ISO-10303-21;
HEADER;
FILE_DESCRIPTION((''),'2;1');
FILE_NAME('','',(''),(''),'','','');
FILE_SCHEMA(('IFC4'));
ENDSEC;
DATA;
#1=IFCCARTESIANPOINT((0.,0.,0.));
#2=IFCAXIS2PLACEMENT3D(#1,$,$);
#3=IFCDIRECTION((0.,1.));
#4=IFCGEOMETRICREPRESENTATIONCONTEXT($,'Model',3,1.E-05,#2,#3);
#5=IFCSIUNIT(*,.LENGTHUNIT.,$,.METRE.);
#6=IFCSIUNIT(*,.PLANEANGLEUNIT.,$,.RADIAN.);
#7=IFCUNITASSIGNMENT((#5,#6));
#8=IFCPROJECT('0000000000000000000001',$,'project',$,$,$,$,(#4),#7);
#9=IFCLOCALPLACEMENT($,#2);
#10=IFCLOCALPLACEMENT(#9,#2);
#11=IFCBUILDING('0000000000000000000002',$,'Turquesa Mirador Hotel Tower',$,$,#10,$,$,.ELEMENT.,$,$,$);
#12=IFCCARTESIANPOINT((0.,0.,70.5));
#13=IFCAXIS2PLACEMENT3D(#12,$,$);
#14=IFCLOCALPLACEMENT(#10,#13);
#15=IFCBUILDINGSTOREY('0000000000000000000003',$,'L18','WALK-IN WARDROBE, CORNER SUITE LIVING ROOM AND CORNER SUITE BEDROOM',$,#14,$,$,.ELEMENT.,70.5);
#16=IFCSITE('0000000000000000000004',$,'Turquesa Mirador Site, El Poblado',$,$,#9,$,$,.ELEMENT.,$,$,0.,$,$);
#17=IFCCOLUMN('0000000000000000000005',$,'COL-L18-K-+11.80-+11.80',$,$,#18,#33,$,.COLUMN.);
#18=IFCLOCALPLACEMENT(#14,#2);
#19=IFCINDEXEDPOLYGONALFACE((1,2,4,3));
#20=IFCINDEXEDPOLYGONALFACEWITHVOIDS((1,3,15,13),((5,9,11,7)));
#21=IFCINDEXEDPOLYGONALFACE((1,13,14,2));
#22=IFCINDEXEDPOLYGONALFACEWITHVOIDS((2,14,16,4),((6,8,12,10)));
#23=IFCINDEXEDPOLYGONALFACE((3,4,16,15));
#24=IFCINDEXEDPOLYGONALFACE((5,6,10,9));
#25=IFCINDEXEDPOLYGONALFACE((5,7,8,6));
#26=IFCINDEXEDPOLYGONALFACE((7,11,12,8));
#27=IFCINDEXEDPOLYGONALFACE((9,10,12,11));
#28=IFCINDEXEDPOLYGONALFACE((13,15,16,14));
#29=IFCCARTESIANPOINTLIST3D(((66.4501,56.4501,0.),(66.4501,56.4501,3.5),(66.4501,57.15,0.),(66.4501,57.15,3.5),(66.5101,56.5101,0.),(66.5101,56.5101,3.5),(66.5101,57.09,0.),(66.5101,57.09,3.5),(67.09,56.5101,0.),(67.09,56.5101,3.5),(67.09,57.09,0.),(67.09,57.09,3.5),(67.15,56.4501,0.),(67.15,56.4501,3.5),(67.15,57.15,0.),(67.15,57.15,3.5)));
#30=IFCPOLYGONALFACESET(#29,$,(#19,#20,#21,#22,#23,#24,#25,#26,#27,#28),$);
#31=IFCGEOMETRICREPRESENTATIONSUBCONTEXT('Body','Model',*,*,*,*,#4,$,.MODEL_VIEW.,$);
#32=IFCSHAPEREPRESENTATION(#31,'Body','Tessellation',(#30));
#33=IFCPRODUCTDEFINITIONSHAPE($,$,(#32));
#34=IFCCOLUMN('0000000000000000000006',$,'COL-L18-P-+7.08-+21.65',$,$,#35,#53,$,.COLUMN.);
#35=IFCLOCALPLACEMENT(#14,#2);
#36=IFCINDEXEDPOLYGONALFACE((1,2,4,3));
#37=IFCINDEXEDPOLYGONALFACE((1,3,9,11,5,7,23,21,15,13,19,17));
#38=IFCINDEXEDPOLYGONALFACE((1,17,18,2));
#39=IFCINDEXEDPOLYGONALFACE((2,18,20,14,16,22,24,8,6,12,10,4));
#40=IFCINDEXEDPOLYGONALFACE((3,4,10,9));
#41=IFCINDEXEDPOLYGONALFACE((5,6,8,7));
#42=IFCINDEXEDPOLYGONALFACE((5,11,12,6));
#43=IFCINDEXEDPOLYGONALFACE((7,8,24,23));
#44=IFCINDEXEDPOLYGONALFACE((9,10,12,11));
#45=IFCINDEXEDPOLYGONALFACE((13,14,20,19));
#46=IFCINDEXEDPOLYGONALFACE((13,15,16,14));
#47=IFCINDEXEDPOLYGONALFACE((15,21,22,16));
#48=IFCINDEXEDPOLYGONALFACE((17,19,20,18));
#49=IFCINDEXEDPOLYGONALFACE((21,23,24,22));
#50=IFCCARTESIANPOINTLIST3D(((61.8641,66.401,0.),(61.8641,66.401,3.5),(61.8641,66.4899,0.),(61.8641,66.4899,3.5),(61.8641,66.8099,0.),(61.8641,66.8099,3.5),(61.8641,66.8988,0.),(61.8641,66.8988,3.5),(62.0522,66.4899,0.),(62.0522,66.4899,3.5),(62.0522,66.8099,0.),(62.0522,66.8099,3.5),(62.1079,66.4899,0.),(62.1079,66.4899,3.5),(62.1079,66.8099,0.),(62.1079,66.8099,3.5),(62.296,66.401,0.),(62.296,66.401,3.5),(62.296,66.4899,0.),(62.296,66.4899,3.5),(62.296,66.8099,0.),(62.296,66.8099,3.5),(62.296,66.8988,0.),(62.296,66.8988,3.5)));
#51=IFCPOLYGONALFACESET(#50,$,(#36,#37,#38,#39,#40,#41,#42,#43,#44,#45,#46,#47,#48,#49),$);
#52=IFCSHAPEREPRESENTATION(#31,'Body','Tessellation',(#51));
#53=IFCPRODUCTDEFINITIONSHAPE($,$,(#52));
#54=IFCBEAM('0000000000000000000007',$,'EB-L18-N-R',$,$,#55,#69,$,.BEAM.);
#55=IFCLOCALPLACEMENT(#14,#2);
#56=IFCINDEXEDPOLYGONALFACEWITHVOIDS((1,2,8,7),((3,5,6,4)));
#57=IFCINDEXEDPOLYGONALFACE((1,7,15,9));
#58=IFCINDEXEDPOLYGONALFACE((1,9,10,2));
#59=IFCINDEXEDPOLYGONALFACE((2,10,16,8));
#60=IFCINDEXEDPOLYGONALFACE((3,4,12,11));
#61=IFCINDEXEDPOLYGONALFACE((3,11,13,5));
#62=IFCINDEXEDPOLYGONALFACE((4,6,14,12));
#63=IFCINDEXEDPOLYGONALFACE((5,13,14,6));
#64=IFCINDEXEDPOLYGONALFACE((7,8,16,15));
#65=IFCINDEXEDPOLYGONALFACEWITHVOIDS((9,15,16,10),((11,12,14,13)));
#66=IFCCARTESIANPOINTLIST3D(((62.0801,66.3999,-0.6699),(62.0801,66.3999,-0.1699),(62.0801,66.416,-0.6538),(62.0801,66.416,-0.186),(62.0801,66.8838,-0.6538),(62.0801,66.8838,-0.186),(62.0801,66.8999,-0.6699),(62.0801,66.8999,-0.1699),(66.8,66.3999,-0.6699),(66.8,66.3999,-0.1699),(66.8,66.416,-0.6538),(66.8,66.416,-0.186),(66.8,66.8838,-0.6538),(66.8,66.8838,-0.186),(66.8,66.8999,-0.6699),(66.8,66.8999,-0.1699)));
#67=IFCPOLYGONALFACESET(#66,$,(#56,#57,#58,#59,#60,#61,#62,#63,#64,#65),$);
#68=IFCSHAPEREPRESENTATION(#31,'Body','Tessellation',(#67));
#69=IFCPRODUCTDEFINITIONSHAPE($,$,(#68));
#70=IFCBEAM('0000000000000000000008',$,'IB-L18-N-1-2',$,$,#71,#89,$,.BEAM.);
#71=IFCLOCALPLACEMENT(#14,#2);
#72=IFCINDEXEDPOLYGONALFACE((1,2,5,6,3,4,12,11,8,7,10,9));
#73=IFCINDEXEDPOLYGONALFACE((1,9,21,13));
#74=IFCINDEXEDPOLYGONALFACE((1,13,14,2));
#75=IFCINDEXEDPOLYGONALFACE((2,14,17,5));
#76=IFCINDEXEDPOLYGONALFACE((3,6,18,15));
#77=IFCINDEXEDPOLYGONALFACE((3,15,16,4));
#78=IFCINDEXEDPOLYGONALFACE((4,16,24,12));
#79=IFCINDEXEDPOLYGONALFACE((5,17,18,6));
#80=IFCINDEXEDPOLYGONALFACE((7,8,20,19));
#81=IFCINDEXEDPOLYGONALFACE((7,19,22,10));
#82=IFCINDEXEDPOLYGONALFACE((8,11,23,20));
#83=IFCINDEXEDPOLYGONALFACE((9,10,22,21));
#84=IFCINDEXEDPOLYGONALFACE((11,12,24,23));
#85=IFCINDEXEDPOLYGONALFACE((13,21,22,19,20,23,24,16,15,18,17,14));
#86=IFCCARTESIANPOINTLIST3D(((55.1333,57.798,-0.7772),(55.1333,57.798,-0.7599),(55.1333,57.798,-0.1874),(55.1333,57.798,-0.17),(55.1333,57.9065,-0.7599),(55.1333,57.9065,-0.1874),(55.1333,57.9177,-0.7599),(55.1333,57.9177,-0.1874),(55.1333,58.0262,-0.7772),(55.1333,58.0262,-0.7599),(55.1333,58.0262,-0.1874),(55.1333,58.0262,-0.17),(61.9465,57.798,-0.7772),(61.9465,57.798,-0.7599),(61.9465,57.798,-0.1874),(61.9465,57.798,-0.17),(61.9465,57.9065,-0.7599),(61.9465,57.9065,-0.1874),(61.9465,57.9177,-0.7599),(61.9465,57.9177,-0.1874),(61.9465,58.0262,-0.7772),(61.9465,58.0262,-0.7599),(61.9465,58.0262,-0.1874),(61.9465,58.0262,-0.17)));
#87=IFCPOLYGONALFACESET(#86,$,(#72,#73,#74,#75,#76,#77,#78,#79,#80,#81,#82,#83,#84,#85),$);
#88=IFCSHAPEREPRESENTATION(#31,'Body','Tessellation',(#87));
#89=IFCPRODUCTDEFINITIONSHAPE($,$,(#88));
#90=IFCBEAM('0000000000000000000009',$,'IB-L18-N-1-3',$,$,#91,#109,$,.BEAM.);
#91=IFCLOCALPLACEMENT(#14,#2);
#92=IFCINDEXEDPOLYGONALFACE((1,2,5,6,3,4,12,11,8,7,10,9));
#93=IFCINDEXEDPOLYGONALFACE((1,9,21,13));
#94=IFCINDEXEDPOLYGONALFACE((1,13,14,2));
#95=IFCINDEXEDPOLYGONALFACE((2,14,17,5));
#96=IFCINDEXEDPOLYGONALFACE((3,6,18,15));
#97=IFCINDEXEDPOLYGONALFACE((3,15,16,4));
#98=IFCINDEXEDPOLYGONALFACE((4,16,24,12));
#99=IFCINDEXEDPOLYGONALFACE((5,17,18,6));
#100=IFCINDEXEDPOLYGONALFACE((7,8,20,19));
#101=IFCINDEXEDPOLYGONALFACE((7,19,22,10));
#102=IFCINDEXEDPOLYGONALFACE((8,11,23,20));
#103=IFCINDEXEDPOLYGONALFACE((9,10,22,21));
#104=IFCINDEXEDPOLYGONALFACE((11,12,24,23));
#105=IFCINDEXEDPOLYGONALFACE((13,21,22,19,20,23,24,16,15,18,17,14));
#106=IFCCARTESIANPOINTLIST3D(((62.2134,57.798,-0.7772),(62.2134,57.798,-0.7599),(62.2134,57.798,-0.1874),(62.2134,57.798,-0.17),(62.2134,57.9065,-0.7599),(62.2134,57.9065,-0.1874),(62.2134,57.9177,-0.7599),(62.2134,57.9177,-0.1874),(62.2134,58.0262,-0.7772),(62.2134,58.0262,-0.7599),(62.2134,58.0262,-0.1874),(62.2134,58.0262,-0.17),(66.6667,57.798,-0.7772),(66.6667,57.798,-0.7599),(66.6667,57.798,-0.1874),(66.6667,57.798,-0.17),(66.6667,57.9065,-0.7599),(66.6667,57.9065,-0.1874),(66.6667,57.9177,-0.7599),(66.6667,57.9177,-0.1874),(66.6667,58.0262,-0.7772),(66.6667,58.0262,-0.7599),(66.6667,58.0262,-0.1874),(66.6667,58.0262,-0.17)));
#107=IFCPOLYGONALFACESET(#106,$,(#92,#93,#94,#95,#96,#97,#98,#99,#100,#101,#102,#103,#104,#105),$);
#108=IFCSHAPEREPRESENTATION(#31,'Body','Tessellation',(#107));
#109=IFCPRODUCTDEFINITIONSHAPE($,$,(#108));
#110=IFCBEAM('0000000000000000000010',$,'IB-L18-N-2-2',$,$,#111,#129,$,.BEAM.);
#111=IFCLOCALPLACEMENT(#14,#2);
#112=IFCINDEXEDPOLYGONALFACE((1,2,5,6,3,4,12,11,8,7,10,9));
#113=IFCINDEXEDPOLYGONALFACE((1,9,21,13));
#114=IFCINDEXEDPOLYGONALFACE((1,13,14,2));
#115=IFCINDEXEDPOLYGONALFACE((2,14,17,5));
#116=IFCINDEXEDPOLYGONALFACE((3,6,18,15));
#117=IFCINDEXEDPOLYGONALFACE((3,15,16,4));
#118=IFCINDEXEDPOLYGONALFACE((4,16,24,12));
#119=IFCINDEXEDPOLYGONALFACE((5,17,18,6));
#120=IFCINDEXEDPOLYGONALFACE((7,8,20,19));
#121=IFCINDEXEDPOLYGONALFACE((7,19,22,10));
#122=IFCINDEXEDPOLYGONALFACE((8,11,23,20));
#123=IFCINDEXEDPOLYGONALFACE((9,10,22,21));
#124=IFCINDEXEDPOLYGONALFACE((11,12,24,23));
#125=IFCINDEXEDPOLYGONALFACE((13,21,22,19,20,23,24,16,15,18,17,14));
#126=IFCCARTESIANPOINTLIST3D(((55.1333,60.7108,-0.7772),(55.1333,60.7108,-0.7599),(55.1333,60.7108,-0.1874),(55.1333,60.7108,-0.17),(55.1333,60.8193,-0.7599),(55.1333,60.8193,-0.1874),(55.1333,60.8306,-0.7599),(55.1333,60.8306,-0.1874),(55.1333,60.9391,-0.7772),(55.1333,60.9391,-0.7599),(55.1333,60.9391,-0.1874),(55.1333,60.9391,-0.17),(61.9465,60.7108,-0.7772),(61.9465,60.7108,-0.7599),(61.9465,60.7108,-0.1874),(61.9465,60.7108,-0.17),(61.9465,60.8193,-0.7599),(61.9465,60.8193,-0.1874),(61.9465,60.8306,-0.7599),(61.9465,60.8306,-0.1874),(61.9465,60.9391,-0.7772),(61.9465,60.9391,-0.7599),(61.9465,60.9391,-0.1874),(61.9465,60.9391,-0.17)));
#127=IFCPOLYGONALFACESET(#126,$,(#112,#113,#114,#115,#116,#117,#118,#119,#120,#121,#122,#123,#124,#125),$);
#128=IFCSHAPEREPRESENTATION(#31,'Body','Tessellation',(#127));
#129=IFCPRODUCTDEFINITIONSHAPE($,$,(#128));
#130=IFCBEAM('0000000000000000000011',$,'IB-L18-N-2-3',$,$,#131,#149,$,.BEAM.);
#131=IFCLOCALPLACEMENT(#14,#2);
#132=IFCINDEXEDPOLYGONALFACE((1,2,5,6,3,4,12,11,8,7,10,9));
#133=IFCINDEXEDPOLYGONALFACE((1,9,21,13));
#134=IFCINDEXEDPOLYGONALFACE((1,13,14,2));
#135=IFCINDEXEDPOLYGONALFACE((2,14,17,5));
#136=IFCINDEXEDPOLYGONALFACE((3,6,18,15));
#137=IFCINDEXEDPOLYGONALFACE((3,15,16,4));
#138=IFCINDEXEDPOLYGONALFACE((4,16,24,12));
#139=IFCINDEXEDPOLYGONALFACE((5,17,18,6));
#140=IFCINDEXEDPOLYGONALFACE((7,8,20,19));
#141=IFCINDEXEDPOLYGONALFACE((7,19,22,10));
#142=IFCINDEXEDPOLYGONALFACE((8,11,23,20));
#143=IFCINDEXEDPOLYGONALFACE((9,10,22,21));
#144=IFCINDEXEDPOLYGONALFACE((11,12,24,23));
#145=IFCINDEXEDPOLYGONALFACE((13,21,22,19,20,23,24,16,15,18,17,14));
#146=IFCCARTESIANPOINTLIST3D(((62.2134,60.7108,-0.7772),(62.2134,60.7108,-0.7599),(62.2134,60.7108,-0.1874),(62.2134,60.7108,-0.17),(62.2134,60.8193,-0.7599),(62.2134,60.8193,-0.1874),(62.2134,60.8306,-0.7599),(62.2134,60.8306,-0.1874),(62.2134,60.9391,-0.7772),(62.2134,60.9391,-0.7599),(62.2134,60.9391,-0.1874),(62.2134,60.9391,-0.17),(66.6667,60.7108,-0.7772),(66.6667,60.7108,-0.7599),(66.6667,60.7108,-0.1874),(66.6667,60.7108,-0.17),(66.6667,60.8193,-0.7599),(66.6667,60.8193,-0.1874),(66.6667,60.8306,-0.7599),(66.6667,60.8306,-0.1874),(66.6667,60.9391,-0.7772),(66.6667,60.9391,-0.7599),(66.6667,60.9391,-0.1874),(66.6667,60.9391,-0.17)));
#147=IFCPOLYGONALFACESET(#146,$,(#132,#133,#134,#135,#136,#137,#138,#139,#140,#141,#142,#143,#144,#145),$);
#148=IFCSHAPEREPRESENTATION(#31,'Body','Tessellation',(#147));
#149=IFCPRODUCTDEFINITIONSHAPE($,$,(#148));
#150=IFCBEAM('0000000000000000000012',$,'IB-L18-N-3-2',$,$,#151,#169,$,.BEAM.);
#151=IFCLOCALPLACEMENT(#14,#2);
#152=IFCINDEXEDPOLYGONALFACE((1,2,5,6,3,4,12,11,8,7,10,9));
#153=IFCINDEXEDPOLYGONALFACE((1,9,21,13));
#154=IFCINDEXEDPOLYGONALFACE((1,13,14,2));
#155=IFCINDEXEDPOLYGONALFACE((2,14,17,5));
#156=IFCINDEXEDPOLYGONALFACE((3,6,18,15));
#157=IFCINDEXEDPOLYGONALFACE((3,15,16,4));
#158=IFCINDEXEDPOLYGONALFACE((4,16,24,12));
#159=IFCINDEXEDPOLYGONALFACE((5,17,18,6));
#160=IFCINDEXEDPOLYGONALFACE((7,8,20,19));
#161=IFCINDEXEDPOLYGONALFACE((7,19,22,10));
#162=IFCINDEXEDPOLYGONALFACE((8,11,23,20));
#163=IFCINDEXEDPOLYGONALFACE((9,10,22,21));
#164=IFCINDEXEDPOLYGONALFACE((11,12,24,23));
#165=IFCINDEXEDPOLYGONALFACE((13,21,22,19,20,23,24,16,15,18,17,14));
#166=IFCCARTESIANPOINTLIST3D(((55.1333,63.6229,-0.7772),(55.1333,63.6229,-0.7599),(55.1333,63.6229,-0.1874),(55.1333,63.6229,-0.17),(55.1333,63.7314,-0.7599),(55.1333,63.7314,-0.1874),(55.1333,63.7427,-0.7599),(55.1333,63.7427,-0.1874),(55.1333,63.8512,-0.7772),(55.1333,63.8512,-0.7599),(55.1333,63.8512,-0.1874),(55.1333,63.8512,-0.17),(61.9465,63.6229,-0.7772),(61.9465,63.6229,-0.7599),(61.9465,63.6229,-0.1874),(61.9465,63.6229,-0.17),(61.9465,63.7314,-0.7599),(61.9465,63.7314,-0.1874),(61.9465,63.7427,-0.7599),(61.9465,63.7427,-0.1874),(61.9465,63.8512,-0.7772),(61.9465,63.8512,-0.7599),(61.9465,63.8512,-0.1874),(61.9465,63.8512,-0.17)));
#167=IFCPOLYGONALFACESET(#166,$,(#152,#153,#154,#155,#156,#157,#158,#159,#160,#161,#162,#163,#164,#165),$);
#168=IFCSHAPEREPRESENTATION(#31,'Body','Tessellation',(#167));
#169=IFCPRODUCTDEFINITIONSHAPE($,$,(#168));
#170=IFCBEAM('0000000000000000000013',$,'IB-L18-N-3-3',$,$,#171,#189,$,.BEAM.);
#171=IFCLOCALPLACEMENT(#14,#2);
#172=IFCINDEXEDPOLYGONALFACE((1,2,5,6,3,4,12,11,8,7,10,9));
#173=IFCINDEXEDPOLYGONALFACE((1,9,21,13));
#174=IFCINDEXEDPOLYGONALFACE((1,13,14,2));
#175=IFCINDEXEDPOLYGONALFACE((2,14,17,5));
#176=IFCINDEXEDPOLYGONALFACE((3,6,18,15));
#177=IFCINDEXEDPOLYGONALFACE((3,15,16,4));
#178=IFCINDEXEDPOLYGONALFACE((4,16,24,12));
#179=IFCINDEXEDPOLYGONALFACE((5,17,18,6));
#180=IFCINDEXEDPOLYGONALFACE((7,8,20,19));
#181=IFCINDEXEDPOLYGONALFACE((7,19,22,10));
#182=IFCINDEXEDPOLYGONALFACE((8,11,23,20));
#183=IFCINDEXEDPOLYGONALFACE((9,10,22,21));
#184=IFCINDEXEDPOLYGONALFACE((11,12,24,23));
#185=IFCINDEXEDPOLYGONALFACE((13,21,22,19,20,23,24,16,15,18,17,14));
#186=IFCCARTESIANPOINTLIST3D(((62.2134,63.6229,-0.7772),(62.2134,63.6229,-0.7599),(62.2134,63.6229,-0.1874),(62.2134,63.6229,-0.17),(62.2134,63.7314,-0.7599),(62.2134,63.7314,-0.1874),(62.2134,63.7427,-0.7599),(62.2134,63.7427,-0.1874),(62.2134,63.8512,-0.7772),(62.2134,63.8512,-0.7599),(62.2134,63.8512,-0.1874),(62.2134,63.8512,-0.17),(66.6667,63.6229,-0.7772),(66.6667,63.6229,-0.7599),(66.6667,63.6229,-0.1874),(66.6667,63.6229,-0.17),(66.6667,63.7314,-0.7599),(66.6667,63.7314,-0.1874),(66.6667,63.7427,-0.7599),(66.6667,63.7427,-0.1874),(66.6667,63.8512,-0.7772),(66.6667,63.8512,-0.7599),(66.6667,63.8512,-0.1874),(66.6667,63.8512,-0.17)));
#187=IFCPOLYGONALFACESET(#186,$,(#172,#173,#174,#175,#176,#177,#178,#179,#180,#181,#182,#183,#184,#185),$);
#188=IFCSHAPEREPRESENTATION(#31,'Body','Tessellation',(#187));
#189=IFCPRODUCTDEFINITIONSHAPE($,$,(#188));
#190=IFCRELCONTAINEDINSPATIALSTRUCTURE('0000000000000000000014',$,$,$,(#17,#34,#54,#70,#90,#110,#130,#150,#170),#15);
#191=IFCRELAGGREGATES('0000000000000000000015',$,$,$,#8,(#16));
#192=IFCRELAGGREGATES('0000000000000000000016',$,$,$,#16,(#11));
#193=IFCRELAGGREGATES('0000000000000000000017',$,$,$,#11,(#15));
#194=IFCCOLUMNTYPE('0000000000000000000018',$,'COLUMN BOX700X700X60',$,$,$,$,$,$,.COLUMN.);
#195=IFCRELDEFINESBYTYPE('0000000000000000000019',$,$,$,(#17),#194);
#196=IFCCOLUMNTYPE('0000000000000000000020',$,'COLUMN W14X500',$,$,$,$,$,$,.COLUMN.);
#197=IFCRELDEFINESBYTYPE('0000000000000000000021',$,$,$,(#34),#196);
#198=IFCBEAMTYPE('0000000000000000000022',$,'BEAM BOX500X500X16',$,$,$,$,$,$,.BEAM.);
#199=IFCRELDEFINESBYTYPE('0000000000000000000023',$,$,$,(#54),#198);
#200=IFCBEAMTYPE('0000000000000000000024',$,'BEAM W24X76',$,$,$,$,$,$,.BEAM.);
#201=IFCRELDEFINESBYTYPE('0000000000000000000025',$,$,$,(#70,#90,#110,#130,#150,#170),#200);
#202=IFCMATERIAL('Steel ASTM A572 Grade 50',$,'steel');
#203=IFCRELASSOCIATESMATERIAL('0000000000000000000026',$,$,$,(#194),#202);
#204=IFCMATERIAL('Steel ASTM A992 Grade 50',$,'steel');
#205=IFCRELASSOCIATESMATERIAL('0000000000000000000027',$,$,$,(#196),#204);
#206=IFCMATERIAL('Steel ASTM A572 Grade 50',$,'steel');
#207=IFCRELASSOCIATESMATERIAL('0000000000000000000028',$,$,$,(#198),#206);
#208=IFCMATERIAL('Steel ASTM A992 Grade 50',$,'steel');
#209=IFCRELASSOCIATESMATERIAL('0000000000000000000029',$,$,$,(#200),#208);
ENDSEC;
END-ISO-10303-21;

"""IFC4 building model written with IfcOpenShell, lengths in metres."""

from ifc_helpers import new_model, si_unit, direction, frame, origin, origin_2d, place, context, subcontext, project, spatial, hollow_rectangle, i_section, extrude, material, material_profile, profile_set, type_object, element, save


model = new_model("IFC4")

# Units and contexts
model_context = context("Model", 3, precision=1e-05, world=origin(), true_north=direction((0.0, 1.0)))
body_context = subcontext(model_context, "Body", "Model", "MODEL_VIEW")
ifc_project = project(units=[si_unit("LENGTHUNIT", "METRE"), si_unit("PLANEANGLEUNIT", "RADIAN")], contexts=[model_context])

# Site, building, storey
site_placement = place(None, origin())
site = spatial("IfcSite", under=ifc_project, at=site_placement, Name="Turquesa Mirador Site, El Poblado", CompositionType="ELEMENT", RefElevation=0.0)
building_placement = place(site_placement, origin())
building = spatial("IfcBuilding", under=site, at=building_placement, Name="Turquesa Mirador Hotel Tower", CompositionType="ELEMENT")
storey_placement = place(building_placement, frame((0.0, 0.0, 70.5)))
storey = spatial("IfcBuildingStorey", under=building, at=storey_placement, Name="L18", Description="WALK-IN WARDROBE, CORNER SUITE LIVING ROOM AND CORNER SUITE BEDROOM", CompositionType="ELEMENT", Elevation=70.5)

# Columns
ifc_material_1 = material(Name="Steel ASTM A572 Grade 50", Category="steel")
ifc_material_profile_1 = material_profile(ifc_material_1, hollow_rectangle(XDim=0.7, YDim=0.7, WallThickness=0.0601, at=origin_2d()), Name="BOX700X700X60")
ifc_profile_set_1 = profile_set([ifc_material_profile_1], Name="Steel ASTM A572 Grade 50")
column_type_1 = type_object("IfcColumnType", Name="COLUMN BOX700X700X60", PredefinedType="COLUMN", material=ifc_profile_set_1)
column_1_placement = place(storey_placement, frame((66.8, 56.8, 0.0), z_axis=(0.0, 0.0, 1.0), x_axis=(1.0, 0.0, 0.0)))
element("IfcColumn", 1, at=column_1_placement, inside=storey, type_object=column_type_1, Name="COL-L18-K-+11.80-+11.80", PredefinedType="COLUMN", context=body_context, shape_type="SweptSolid", body=[
    extrude(hollow_rectangle(XDim=0.7, YDim=0.7, WallThickness=0.0601, at=origin_2d()), origin(), (0.0, 0.0, 1.0), 3.5),
])
ifc_material_2 = material(Name="Steel ASTM A992 Grade 50", Category="steel")
ifc_material_profile_2 = material_profile(ifc_material_2, i_section(OverallWidth=0.4319, OverallDepth=0.4978, WebThickness=0.0557, FlangeThickness=0.0889, at=origin_2d()), Name="W14X500")
ifc_profile_set_2 = profile_set([ifc_material_profile_2], Name="Steel ASTM A992 Grade 50")
column_type_2 = type_object("IfcColumnType", Name="COLUMN W14X500", PredefinedType="COLUMN", material=ifc_profile_set_2)
column_2_placement = place(storey_placement, frame((62.0801, 66.6499, 0.0), z_axis=(0.0, 0.0, 1.0), x_axis=(1.0, 0.0, 0.0)))
element("IfcColumn", 2, at=column_2_placement, inside=storey, type_object=column_type_2, Name="COL-L18-P-+7.08-+21.65", PredefinedType="COLUMN", context=body_context, shape_type="SweptSolid", body=[
    extrude(i_section(OverallWidth=0.4319, OverallDepth=0.4978, WebThickness=0.0557, FlangeThickness=0.0889, at=origin_2d()), origin(), (0.0, 0.0, 1.0), 3.5),
])

# Beams
ifc_material_3 = material(Name="Steel ASTM A572 Grade 50", Category="steel")
ifc_material_profile_3 = material_profile(ifc_material_3, hollow_rectangle(XDim=0.5, YDim=0.5, WallThickness=0.0161, at=origin_2d()), Name="BOX500X500X16")
ifc_profile_set_3 = profile_set([ifc_material_profile_3], Name="Steel ASTM A572 Grade 50")
beam_type_1 = type_object("IfcBeamType", Name="BEAM BOX500X500X16", PredefinedType="BEAM", material=ifc_profile_set_3)
beam_1_placement = place(storey_placement, frame((62.0801, 66.6499, -0.4199), z_axis=(1.0, 0.0, 0.0), x_axis=(0.0, 1.0, 0.0)))
element("IfcBeam", 3, at=beam_1_placement, inside=storey, type_object=beam_type_1, Name="EB-L18-N-R", PredefinedType="BEAM", context=body_context, shape_type="SweptSolid", body=[
    extrude(hollow_rectangle(XDim=0.5, YDim=0.5, WallThickness=0.0161, at=origin_2d()), origin(), (0.0, 0.0, 1.0), 4.72),
])
ifc_material_4 = material(Name="Steel ASTM A992 Grade 50", Category="steel")
ifc_material_profile_4 = material_profile(ifc_material_4, i_section(OverallWidth=0.2283, OverallDepth=0.6072, WebThickness=0.0112, FlangeThickness=0.0173, at=origin_2d()), Name="W24X76")
ifc_profile_set_4 = profile_set([ifc_material_profile_4], Name="Steel ASTM A992 Grade 50")
beam_type_2 = type_object("IfcBeamType", Name="BEAM W24X76", PredefinedType="BEAM", material=ifc_profile_set_4)
beam_2_placement = place(storey_placement, frame((55.1333, 57.9121, -0.4736), z_axis=(1.0, 0.0, 0.0), x_axis=(0.0, 1.0, 0.0)))
element("IfcBeam", 4, at=beam_2_placement, inside=storey, type_object=beam_type_2, Name="IB-L18-N-1-2", PredefinedType="BEAM", context=body_context, shape_type="SweptSolid", body=[
    extrude(i_section(OverallWidth=0.2283, OverallDepth=0.6072, WebThickness=0.0112, FlangeThickness=0.0173, at=origin_2d()), origin(), (0.0, 0.0, 1.0), 6.8132),
])
beam_3_placement = place(storey_placement, frame((62.2134, 57.9121, -0.4736), z_axis=(1.0, 0.0, 0.0), x_axis=(0.0, 1.0, 0.0)))
element("IfcBeam", 5, at=beam_3_placement, inside=storey, type_object=beam_type_2, Name="IB-L18-N-1-3", PredefinedType="BEAM", context=body_context, shape_type="SweptSolid", body=[
    extrude(i_section(OverallWidth=0.2283, OverallDepth=0.6072, WebThickness=0.0112, FlangeThickness=0.0173, at=origin_2d()), origin(), (0.0, 0.0, 1.0), 4.4534),
])
beam_4_placement = place(storey_placement, frame((55.1333, 60.825, -0.4736), z_axis=(1.0, 0.0, 0.0), x_axis=(0.0, 1.0, 0.0)))
element("IfcBeam", 6, at=beam_4_placement, inside=storey, type_object=beam_type_2, Name="IB-L18-N-2-2", PredefinedType="BEAM", context=body_context, shape_type="SweptSolid", body=[
    extrude(i_section(OverallWidth=0.2283, OverallDepth=0.6072, WebThickness=0.0112, FlangeThickness=0.0173, at=origin_2d()), origin(), (0.0, 0.0, 1.0), 6.8132),
])
beam_5_placement = place(storey_placement, frame((62.2134, 60.825, -0.4736), z_axis=(1.0, 0.0, 0.0), x_axis=(0.0, 1.0, 0.0)))
element("IfcBeam", 7, at=beam_5_placement, inside=storey, type_object=beam_type_2, Name="IB-L18-N-2-3", PredefinedType="BEAM", context=body_context, shape_type="SweptSolid", body=[
    extrude(i_section(OverallWidth=0.2283, OverallDepth=0.6072, WebThickness=0.0112, FlangeThickness=0.0173, at=origin_2d()), origin(), (0.0, 0.0, 1.0), 4.4534),
])
beam_6_placement = place(storey_placement, frame((55.1333, 63.7371, -0.4736), z_axis=(1.0, 0.0, 0.0), x_axis=(0.0, 1.0, 0.0)))
element("IfcBeam", 8, at=beam_6_placement, inside=storey, type_object=beam_type_2, Name="IB-L18-N-3-2", PredefinedType="BEAM", context=body_context, shape_type="SweptSolid", body=[
    extrude(i_section(OverallWidth=0.2283, OverallDepth=0.6072, WebThickness=0.0112, FlangeThickness=0.0173, at=origin_2d()), origin(), (0.0, 0.0, 1.0), 6.8132),
])
beam_7_placement = place(storey_placement, frame((62.2134, 63.7371, -0.4736), z_axis=(1.0, 0.0, 0.0), x_axis=(0.0, 1.0, 0.0)))
element("IfcBeam", 9, at=beam_7_placement, inside=storey, type_object=beam_type_2, Name="IB-L18-N-3-3", PredefinedType="BEAM", context=body_context, shape_type="SweptSolid", body=[
    extrude(i_section(OverallWidth=0.2283, OverallDepth=0.6072, WebThickness=0.0112, FlangeThickness=0.0173, at=origin_2d()), origin(), (0.0, 0.0, 1.0), 4.4534),
])

save(model, "model.ifc")
